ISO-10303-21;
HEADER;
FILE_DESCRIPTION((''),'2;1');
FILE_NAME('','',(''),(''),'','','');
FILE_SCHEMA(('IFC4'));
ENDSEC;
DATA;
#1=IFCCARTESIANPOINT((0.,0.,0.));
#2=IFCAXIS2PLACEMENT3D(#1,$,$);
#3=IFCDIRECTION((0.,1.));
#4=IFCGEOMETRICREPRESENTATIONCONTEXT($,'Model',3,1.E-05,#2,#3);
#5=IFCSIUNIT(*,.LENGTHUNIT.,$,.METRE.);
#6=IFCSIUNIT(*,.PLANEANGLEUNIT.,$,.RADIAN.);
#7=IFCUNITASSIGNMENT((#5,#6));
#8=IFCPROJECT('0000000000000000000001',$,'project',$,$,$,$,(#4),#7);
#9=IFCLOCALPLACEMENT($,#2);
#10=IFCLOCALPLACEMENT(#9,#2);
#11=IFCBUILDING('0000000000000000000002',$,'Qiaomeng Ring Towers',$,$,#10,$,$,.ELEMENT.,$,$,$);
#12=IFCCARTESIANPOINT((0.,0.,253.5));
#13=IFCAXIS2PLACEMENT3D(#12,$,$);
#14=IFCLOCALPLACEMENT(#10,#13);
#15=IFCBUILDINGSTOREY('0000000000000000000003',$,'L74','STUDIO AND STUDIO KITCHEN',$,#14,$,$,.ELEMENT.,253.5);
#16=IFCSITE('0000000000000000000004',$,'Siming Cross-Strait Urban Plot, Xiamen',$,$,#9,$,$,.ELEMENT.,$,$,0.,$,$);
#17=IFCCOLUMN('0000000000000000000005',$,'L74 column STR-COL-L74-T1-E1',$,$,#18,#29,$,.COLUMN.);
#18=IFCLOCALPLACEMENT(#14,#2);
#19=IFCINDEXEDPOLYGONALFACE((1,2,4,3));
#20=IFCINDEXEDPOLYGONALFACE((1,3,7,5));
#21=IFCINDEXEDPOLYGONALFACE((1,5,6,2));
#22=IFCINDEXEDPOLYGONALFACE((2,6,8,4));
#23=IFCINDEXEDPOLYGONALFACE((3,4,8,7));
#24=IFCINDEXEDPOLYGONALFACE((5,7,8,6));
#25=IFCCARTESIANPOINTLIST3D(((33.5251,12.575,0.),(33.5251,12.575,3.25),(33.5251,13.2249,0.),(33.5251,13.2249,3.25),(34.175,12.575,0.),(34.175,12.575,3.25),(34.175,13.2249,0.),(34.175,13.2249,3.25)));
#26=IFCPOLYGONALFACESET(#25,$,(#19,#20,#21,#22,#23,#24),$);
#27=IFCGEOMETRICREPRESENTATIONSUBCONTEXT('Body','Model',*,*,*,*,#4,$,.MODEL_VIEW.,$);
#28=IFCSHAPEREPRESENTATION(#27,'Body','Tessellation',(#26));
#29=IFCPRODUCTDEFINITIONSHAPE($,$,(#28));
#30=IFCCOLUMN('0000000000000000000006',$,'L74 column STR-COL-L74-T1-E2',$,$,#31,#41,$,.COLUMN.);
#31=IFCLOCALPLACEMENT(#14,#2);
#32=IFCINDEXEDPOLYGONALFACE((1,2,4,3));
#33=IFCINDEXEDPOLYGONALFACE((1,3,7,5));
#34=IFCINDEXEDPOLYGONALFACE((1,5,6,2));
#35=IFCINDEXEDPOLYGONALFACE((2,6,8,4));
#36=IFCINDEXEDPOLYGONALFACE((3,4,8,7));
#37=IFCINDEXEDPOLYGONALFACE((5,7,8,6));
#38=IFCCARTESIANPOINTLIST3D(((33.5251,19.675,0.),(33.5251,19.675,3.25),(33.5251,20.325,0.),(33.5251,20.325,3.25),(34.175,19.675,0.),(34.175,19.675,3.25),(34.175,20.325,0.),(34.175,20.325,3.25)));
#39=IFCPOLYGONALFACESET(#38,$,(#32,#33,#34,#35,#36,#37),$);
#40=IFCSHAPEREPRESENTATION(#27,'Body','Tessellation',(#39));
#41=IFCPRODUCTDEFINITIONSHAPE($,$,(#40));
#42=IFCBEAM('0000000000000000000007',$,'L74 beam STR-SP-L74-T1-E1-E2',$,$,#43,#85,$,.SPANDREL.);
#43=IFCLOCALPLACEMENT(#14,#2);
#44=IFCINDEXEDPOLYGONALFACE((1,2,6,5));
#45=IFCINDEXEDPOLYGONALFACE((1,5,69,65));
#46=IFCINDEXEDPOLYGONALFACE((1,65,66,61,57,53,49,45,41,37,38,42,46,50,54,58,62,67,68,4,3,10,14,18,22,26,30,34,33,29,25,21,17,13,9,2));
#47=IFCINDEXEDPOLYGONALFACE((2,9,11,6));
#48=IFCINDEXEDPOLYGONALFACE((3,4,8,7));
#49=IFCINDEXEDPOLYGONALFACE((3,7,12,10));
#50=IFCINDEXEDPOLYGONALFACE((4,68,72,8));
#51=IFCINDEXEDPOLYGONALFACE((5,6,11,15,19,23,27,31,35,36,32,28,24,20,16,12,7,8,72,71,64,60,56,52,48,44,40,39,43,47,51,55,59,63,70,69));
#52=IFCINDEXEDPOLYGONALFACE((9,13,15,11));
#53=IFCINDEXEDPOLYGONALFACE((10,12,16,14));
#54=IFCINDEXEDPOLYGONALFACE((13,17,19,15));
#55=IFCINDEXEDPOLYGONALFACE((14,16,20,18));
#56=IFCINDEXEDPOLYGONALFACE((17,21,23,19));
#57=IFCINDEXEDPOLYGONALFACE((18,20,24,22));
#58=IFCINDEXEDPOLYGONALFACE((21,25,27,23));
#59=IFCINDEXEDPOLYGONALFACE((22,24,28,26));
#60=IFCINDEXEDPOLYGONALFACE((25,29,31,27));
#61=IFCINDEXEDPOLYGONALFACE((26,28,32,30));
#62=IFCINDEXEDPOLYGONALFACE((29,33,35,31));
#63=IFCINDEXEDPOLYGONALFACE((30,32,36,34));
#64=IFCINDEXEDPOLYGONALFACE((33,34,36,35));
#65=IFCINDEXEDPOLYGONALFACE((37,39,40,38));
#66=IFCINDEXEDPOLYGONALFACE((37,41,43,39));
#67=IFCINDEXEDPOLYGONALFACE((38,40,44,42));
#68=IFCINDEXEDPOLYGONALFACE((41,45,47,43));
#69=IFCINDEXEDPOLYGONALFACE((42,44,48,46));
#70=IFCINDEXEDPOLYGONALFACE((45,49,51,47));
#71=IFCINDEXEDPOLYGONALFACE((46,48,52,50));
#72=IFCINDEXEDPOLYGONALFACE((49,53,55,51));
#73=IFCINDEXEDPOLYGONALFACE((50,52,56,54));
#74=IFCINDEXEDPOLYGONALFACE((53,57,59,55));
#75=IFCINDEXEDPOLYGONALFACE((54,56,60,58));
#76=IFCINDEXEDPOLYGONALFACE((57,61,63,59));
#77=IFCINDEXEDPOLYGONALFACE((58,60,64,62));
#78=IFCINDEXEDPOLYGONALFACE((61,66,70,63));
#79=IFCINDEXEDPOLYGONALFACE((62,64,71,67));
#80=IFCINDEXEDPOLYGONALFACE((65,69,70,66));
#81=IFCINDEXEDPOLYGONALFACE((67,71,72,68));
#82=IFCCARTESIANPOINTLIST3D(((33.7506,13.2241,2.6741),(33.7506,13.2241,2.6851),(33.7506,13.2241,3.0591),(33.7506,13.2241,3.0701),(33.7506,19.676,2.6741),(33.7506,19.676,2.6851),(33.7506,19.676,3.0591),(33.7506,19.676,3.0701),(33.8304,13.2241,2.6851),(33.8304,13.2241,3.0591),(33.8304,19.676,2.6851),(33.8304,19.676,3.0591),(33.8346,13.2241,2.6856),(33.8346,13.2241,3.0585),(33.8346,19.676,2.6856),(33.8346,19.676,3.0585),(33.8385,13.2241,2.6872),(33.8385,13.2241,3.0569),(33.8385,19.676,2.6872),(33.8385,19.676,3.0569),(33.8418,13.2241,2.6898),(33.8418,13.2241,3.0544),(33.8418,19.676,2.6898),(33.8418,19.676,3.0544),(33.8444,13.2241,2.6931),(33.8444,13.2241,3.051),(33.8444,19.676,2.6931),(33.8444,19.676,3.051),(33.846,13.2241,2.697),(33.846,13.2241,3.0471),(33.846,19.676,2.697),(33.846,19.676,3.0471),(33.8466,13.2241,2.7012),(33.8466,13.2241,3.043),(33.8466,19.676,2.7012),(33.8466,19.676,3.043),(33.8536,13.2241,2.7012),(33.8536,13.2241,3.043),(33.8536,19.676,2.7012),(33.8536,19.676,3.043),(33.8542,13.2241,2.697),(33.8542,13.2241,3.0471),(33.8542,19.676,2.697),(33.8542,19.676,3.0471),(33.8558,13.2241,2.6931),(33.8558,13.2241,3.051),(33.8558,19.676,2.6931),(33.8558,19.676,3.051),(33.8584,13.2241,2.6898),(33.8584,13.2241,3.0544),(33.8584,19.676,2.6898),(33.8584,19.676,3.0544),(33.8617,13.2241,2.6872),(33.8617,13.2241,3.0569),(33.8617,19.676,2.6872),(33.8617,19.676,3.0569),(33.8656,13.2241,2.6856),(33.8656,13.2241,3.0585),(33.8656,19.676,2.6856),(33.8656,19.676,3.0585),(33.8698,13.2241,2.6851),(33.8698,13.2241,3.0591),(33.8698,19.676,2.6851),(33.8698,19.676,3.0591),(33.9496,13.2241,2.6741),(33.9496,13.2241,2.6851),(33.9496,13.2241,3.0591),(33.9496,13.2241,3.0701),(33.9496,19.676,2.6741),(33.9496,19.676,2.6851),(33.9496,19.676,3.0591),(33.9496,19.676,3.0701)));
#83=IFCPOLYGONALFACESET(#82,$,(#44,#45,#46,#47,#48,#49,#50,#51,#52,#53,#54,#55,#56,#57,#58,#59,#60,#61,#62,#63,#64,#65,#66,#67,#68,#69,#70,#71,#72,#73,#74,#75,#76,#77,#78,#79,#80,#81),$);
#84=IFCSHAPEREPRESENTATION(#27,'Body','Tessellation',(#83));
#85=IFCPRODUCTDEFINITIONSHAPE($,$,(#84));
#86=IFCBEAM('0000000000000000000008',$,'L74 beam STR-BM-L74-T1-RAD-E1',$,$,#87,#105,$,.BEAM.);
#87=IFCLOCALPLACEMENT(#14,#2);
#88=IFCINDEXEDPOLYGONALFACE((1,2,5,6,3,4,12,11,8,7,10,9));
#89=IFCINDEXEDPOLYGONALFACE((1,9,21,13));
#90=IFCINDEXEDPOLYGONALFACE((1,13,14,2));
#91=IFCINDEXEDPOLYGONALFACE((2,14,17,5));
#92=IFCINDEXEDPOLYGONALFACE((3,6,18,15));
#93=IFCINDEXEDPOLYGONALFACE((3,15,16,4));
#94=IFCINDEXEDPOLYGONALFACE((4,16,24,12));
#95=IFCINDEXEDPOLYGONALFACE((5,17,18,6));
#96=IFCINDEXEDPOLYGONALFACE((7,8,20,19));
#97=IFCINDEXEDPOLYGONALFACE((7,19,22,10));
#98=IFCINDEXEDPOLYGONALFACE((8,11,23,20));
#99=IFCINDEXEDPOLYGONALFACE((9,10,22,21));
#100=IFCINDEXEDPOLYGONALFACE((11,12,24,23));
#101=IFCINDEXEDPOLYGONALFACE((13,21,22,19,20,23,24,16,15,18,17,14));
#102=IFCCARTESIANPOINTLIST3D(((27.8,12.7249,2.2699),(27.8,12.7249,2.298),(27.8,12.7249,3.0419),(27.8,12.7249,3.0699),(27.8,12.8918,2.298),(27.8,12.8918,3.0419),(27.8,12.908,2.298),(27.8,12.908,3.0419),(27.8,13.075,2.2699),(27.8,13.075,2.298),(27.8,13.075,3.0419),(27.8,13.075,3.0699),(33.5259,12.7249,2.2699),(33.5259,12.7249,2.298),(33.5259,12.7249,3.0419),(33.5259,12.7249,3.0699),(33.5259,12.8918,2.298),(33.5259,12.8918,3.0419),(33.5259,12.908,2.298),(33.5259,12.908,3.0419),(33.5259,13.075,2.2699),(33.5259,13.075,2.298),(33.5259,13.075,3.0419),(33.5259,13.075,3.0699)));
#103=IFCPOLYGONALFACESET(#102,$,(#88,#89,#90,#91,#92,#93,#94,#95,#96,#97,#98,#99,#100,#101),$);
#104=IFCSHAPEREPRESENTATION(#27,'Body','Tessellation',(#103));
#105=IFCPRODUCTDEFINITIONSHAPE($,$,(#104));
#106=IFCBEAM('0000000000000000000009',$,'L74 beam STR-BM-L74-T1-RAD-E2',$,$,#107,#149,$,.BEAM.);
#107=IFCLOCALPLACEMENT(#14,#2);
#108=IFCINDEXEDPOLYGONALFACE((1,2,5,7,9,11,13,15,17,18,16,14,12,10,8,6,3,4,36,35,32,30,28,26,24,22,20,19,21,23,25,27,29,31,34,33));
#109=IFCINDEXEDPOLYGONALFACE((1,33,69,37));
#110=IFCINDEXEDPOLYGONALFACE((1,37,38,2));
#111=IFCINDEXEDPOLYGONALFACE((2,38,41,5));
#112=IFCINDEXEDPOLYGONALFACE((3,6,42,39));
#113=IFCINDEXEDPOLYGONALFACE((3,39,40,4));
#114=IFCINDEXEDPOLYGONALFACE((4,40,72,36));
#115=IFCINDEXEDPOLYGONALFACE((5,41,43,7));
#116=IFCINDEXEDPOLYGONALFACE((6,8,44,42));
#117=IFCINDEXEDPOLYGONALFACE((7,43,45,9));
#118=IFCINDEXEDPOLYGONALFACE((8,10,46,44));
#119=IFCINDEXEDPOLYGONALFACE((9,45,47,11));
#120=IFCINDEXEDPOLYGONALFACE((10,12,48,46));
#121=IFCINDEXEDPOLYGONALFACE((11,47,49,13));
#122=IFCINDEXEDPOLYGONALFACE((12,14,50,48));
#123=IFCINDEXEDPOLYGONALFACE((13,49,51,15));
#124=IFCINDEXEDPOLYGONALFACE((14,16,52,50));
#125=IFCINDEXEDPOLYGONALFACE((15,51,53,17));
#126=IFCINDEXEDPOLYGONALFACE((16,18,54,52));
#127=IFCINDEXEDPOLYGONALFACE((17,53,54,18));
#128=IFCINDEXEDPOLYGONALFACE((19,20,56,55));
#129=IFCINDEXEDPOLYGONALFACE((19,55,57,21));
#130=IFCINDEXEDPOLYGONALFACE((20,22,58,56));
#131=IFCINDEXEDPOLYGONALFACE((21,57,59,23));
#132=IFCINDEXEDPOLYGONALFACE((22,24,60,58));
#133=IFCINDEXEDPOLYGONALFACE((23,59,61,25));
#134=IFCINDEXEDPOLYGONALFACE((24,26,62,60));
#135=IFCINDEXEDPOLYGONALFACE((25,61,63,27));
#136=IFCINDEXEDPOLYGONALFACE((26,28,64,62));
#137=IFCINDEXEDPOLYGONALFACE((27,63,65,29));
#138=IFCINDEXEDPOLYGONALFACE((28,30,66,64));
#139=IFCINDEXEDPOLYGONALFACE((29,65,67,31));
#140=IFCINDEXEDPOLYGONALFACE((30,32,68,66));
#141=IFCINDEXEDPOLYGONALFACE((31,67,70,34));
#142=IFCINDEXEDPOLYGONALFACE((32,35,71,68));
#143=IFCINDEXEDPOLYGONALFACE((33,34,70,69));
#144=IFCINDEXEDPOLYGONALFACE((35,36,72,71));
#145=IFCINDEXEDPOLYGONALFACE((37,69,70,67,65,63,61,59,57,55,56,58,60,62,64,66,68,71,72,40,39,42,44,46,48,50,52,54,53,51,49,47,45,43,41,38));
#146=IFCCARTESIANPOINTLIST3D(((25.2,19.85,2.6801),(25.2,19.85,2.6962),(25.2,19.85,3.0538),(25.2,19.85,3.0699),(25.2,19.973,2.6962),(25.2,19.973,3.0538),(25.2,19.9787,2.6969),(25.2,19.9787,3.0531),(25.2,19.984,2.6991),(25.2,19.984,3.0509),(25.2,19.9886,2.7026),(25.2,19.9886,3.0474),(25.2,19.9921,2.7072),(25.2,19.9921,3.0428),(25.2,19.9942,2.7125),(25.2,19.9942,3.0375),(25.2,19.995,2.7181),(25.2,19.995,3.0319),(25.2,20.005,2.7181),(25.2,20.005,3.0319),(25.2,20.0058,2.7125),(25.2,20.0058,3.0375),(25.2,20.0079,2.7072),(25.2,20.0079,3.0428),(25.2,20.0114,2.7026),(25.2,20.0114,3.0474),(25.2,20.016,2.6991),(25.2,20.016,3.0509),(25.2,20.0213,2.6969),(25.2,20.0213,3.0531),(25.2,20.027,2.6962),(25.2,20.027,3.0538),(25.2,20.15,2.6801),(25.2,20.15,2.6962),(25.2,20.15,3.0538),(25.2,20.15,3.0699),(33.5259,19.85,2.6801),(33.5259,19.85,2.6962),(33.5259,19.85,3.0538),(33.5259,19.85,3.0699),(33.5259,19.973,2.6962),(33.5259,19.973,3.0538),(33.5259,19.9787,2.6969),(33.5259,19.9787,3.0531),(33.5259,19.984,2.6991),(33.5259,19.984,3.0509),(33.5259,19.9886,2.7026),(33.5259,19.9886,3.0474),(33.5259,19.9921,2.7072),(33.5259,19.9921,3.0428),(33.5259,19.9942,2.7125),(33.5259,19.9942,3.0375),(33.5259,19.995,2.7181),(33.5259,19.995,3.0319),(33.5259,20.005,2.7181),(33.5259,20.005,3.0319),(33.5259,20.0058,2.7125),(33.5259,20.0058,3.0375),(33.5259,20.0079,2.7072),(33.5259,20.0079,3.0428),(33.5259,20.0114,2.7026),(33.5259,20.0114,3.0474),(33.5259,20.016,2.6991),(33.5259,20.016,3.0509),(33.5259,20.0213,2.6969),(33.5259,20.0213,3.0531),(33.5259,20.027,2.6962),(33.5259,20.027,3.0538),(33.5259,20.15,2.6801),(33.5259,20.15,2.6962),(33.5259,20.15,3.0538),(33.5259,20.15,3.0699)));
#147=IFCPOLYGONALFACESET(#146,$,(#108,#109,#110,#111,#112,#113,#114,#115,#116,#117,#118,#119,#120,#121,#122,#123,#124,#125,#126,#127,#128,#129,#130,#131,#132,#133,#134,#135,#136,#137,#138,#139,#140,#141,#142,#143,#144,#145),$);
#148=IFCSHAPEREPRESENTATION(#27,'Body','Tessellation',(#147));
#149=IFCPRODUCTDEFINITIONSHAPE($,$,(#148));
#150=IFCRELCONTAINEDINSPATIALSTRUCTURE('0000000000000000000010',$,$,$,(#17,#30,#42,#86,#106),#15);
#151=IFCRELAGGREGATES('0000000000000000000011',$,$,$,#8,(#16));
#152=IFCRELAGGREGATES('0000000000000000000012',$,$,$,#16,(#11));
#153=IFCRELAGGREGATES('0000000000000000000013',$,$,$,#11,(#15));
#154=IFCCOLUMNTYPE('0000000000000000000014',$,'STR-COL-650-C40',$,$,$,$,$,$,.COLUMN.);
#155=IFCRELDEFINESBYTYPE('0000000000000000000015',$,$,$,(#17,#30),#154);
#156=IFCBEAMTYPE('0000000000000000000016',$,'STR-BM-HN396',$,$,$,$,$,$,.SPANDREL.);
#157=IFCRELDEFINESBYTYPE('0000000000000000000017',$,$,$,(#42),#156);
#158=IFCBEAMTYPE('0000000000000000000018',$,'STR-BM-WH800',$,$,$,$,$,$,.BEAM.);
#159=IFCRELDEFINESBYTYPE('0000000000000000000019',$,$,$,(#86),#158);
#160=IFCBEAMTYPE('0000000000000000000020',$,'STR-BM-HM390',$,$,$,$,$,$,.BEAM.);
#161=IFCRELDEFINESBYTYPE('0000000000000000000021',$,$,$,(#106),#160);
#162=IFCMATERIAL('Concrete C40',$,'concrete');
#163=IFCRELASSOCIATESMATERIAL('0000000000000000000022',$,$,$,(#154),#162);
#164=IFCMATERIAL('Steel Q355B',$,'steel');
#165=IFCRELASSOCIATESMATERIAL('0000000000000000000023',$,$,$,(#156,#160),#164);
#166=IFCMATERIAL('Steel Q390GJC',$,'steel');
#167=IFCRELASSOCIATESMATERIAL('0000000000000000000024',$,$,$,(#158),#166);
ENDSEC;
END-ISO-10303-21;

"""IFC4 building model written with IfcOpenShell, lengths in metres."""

from ifc_helpers import new_model, si_unit, direction, frame, origin, origin_2d, place, context, subcontext, project, spatial, rectangle, i_section, extrude, source, transform, mapped, material, material_profile, profile_set, type_object, element, save


model = new_model("IFC4")

# Units and contexts
model_context = context("Model", 3, precision=1e-05, world=origin(), true_north=direction((0.0, 1.0)))
body_context = subcontext(model_context, "Body", "Model", "MODEL_VIEW")
ifc_project = project(units=[si_unit("LENGTHUNIT", "METRE"), si_unit("PLANEANGLEUNIT", "RADIAN")], contexts=[model_context])

# Site, building, storey
site_placement = place(None, origin())
site = spatial("IfcSite", under=ifc_project, at=site_placement, Name="Siming Cross-Strait Urban Plot, Xiamen", CompositionType="ELEMENT", RefElevation=0.0)
building_placement = place(site_placement, origin())
building = spatial("IfcBuilding", under=site, at=building_placement, Name="Qiaomeng Ring Towers", CompositionType="ELEMENT")
storey_placement = place(building_placement, frame((0.0, 0.0, 253.5)))
storey = spatial("IfcBuildingStorey", under=building, at=storey_placement, Name="L74", Description="STUDIO AND STUDIO KITCHEN", CompositionType="ELEMENT", Elevation=253.5)

# Columns
ifc_material_1 = material(Name="Concrete C40", Category="concrete")
ifc_material_profile_1 = material_profile(ifc_material_1, rectangle(XDim=0.6499, YDim=0.6499, at=origin_2d()), Name="RC COL 650x650")
ifc_profile_set_1 = profile_set([ifc_material_profile_1], Name="Concrete C40")
column_type = type_object("IfcColumnType", Name="STR-COL-650-C40", PredefinedType="COLUMN", material=ifc_profile_set_1)
shared_shape_1 = source(origin(), body_context, "Body", "SweptSolid", [
    extrude(rectangle(XDim=0.6499, YDim=0.6499, at=origin_2d()), origin(), (0.0, 0.0, 1.0), 3.25),
])
for number, where, z_axis, x_axis, name in (
    (1, (33.8501, 12.8999, 0.0), (0.0, 0.0, 1.0), (1.0, 0.0, 0.0), "L74 column STR-COL-L74-T1-E1"),
    (2, (33.8501, 20.0, 0.0), (0.0, 0.0, 1.0), (1.0, 0.0, 0.0), "L74 column STR-COL-L74-T1-E2"),
):
    element("IfcColumn", number, at=place(storey_placement, frame(where, z_axis=z_axis, x_axis=x_axis)), inside=storey, type_object=column_type, Name=name, PredefinedType="COLUMN", context=body_context, shape_type="MappedRepresentation", body=[
        mapped(shared_shape_1, transform((0.0, 0.0, 0.0), x_axis=(1.0, 0.0, 0.0), y_axis=(0.0, 1.0, 0.0), z_axis=(0.0, 0.0, 1.0), scale=1.0)),
    ])

# Beams
ifc_material_2 = material(Name="Steel Q355B", Category="steel")
ifc_material_profile_2 = material_profile(ifc_material_2, i_section(OverallWidth=0.199, OverallDepth=0.396, WebThickness=0.0071, FlangeThickness=0.011, FilletRadius=0.0161, at=origin_2d()), Name="HN 396x199x7x11")
ifc_profile_set_2 = profile_set([ifc_material_profile_2], Name="Steel Q355B")
beam_type_1 = type_object("IfcBeamType", Name="STR-BM-HN396", PredefinedType="SPANDREL", material=ifc_profile_set_2)
shared_shape_2 = source(origin(), body_context, "Body", "SweptSolid", [
    extrude(i_section(OverallWidth=0.199, OverallDepth=0.396, WebThickness=0.0071, FlangeThickness=0.011, FilletRadius=0.0161, at=origin_2d()), origin(), (0.0, 0.0, 1.0), 6.4519),
])
beam_1_placement = place(storey_placement, frame((33.8501, 13.2241, 2.8721), z_axis=(0.0, 1.0, 0.0), x_axis=(-1.0, 0.0, 0.0)))
element("IfcBeam", 3, at=beam_1_placement, inside=storey, type_object=beam_type_1, Name="L74 beam STR-SP-L74-T1-E1-E2", PredefinedType="SPANDREL", context=body_context, shape_type="MappedRepresentation", body=[
    mapped(shared_shape_2, transform((0.0, 0.0, 0.0), x_axis=(1.0, 0.0, 0.0), y_axis=(0.0, 1.0, 0.0), z_axis=(0.0, 0.0, 1.0), scale=1.0)),
])
ifc_material_3 = material(Name="Steel Q390GJC", Category="steel")
ifc_material_profile_3 = material_profile(ifc_material_3, i_section(OverallWidth=0.3501, OverallDepth=0.8, WebThickness=0.0161, FlangeThickness=0.0281, at=origin_2d()), Name="WH 800x350x16x28")
ifc_profile_set_3 = profile_set([ifc_material_profile_3], Name="Steel Q390GJC")
beam_type_2 = type_object("IfcBeamType", Name="STR-BM-WH800", PredefinedType="BEAM", material=ifc_profile_set_3)
shared_shape_3 = source(origin(), body_context, "Body", "SweptSolid", [
    extrude(i_section(OverallWidth=0.3501, OverallDepth=0.8, WebThickness=0.0161, FlangeThickness=0.0281, at=origin_2d()), origin(), (0.0, 0.0, 1.0), 5.7258),
])
beam_2_placement = place(storey_placement, frame((27.8, 12.8999, 2.6699), z_axis=(1.0, 0.0, 0.0), x_axis=(0.0, 1.0, 0.0)))
element("IfcBeam", 4, at=beam_2_placement, inside=storey, type_object=beam_type_2, Name="L74 beam STR-BM-L74-T1-RAD-E1", PredefinedType="BEAM", context=body_context, shape_type="MappedRepresentation", body=[
    mapped(shared_shape_3, transform((0.0, 0.0, 0.0), x_axis=(1.0, 0.0, 0.0), y_axis=(0.0, 1.0, 0.0), z_axis=(0.0, 0.0, 1.0), scale=1.0)),
])
ifc_material_profile_4 = material_profile(ifc_material_2, i_section(OverallWidth=0.3, OverallDepth=0.3899, WebThickness=0.01, FlangeThickness=0.0161, FilletRadius=0.022, at=origin_2d()), Name="HM 390x300x10x16")
ifc_profile_set_4 = profile_set([ifc_material_profile_4], Name="Steel Q355B")
beam_type_3 = type_object("IfcBeamType", Name="STR-BM-HM390", PredefinedType="BEAM", material=ifc_profile_set_4)
shared_shape_4 = source(origin(), body_context, "Body", "SweptSolid", [
    extrude(i_section(OverallWidth=0.3, OverallDepth=0.3899, WebThickness=0.01, FlangeThickness=0.0161, FilletRadius=0.022, at=origin_2d()), origin(), (0.0, 0.0, 1.0), 8.3259),
])
beam_3_placement = place(storey_placement, frame((25.2, 20.0, 2.875), z_axis=(1.0, 0.0, 0.0), x_axis=(0.0, 1.0, 0.0)))
element("IfcBeam", 5, at=beam_3_placement, inside=storey, type_object=beam_type_3, Name="L74 beam STR-BM-L74-T1-RAD-E2", PredefinedType="BEAM", context=body_context, shape_type="MappedRepresentation", body=[
    mapped(shared_shape_4, transform((0.0, 0.0, 0.0), x_axis=(1.0, 0.0, 0.0), y_axis=(0.0, 1.0, 0.0), z_axis=(0.0, 0.0, 1.0), scale=1.0)),
])

save(model, "model.ifc")
